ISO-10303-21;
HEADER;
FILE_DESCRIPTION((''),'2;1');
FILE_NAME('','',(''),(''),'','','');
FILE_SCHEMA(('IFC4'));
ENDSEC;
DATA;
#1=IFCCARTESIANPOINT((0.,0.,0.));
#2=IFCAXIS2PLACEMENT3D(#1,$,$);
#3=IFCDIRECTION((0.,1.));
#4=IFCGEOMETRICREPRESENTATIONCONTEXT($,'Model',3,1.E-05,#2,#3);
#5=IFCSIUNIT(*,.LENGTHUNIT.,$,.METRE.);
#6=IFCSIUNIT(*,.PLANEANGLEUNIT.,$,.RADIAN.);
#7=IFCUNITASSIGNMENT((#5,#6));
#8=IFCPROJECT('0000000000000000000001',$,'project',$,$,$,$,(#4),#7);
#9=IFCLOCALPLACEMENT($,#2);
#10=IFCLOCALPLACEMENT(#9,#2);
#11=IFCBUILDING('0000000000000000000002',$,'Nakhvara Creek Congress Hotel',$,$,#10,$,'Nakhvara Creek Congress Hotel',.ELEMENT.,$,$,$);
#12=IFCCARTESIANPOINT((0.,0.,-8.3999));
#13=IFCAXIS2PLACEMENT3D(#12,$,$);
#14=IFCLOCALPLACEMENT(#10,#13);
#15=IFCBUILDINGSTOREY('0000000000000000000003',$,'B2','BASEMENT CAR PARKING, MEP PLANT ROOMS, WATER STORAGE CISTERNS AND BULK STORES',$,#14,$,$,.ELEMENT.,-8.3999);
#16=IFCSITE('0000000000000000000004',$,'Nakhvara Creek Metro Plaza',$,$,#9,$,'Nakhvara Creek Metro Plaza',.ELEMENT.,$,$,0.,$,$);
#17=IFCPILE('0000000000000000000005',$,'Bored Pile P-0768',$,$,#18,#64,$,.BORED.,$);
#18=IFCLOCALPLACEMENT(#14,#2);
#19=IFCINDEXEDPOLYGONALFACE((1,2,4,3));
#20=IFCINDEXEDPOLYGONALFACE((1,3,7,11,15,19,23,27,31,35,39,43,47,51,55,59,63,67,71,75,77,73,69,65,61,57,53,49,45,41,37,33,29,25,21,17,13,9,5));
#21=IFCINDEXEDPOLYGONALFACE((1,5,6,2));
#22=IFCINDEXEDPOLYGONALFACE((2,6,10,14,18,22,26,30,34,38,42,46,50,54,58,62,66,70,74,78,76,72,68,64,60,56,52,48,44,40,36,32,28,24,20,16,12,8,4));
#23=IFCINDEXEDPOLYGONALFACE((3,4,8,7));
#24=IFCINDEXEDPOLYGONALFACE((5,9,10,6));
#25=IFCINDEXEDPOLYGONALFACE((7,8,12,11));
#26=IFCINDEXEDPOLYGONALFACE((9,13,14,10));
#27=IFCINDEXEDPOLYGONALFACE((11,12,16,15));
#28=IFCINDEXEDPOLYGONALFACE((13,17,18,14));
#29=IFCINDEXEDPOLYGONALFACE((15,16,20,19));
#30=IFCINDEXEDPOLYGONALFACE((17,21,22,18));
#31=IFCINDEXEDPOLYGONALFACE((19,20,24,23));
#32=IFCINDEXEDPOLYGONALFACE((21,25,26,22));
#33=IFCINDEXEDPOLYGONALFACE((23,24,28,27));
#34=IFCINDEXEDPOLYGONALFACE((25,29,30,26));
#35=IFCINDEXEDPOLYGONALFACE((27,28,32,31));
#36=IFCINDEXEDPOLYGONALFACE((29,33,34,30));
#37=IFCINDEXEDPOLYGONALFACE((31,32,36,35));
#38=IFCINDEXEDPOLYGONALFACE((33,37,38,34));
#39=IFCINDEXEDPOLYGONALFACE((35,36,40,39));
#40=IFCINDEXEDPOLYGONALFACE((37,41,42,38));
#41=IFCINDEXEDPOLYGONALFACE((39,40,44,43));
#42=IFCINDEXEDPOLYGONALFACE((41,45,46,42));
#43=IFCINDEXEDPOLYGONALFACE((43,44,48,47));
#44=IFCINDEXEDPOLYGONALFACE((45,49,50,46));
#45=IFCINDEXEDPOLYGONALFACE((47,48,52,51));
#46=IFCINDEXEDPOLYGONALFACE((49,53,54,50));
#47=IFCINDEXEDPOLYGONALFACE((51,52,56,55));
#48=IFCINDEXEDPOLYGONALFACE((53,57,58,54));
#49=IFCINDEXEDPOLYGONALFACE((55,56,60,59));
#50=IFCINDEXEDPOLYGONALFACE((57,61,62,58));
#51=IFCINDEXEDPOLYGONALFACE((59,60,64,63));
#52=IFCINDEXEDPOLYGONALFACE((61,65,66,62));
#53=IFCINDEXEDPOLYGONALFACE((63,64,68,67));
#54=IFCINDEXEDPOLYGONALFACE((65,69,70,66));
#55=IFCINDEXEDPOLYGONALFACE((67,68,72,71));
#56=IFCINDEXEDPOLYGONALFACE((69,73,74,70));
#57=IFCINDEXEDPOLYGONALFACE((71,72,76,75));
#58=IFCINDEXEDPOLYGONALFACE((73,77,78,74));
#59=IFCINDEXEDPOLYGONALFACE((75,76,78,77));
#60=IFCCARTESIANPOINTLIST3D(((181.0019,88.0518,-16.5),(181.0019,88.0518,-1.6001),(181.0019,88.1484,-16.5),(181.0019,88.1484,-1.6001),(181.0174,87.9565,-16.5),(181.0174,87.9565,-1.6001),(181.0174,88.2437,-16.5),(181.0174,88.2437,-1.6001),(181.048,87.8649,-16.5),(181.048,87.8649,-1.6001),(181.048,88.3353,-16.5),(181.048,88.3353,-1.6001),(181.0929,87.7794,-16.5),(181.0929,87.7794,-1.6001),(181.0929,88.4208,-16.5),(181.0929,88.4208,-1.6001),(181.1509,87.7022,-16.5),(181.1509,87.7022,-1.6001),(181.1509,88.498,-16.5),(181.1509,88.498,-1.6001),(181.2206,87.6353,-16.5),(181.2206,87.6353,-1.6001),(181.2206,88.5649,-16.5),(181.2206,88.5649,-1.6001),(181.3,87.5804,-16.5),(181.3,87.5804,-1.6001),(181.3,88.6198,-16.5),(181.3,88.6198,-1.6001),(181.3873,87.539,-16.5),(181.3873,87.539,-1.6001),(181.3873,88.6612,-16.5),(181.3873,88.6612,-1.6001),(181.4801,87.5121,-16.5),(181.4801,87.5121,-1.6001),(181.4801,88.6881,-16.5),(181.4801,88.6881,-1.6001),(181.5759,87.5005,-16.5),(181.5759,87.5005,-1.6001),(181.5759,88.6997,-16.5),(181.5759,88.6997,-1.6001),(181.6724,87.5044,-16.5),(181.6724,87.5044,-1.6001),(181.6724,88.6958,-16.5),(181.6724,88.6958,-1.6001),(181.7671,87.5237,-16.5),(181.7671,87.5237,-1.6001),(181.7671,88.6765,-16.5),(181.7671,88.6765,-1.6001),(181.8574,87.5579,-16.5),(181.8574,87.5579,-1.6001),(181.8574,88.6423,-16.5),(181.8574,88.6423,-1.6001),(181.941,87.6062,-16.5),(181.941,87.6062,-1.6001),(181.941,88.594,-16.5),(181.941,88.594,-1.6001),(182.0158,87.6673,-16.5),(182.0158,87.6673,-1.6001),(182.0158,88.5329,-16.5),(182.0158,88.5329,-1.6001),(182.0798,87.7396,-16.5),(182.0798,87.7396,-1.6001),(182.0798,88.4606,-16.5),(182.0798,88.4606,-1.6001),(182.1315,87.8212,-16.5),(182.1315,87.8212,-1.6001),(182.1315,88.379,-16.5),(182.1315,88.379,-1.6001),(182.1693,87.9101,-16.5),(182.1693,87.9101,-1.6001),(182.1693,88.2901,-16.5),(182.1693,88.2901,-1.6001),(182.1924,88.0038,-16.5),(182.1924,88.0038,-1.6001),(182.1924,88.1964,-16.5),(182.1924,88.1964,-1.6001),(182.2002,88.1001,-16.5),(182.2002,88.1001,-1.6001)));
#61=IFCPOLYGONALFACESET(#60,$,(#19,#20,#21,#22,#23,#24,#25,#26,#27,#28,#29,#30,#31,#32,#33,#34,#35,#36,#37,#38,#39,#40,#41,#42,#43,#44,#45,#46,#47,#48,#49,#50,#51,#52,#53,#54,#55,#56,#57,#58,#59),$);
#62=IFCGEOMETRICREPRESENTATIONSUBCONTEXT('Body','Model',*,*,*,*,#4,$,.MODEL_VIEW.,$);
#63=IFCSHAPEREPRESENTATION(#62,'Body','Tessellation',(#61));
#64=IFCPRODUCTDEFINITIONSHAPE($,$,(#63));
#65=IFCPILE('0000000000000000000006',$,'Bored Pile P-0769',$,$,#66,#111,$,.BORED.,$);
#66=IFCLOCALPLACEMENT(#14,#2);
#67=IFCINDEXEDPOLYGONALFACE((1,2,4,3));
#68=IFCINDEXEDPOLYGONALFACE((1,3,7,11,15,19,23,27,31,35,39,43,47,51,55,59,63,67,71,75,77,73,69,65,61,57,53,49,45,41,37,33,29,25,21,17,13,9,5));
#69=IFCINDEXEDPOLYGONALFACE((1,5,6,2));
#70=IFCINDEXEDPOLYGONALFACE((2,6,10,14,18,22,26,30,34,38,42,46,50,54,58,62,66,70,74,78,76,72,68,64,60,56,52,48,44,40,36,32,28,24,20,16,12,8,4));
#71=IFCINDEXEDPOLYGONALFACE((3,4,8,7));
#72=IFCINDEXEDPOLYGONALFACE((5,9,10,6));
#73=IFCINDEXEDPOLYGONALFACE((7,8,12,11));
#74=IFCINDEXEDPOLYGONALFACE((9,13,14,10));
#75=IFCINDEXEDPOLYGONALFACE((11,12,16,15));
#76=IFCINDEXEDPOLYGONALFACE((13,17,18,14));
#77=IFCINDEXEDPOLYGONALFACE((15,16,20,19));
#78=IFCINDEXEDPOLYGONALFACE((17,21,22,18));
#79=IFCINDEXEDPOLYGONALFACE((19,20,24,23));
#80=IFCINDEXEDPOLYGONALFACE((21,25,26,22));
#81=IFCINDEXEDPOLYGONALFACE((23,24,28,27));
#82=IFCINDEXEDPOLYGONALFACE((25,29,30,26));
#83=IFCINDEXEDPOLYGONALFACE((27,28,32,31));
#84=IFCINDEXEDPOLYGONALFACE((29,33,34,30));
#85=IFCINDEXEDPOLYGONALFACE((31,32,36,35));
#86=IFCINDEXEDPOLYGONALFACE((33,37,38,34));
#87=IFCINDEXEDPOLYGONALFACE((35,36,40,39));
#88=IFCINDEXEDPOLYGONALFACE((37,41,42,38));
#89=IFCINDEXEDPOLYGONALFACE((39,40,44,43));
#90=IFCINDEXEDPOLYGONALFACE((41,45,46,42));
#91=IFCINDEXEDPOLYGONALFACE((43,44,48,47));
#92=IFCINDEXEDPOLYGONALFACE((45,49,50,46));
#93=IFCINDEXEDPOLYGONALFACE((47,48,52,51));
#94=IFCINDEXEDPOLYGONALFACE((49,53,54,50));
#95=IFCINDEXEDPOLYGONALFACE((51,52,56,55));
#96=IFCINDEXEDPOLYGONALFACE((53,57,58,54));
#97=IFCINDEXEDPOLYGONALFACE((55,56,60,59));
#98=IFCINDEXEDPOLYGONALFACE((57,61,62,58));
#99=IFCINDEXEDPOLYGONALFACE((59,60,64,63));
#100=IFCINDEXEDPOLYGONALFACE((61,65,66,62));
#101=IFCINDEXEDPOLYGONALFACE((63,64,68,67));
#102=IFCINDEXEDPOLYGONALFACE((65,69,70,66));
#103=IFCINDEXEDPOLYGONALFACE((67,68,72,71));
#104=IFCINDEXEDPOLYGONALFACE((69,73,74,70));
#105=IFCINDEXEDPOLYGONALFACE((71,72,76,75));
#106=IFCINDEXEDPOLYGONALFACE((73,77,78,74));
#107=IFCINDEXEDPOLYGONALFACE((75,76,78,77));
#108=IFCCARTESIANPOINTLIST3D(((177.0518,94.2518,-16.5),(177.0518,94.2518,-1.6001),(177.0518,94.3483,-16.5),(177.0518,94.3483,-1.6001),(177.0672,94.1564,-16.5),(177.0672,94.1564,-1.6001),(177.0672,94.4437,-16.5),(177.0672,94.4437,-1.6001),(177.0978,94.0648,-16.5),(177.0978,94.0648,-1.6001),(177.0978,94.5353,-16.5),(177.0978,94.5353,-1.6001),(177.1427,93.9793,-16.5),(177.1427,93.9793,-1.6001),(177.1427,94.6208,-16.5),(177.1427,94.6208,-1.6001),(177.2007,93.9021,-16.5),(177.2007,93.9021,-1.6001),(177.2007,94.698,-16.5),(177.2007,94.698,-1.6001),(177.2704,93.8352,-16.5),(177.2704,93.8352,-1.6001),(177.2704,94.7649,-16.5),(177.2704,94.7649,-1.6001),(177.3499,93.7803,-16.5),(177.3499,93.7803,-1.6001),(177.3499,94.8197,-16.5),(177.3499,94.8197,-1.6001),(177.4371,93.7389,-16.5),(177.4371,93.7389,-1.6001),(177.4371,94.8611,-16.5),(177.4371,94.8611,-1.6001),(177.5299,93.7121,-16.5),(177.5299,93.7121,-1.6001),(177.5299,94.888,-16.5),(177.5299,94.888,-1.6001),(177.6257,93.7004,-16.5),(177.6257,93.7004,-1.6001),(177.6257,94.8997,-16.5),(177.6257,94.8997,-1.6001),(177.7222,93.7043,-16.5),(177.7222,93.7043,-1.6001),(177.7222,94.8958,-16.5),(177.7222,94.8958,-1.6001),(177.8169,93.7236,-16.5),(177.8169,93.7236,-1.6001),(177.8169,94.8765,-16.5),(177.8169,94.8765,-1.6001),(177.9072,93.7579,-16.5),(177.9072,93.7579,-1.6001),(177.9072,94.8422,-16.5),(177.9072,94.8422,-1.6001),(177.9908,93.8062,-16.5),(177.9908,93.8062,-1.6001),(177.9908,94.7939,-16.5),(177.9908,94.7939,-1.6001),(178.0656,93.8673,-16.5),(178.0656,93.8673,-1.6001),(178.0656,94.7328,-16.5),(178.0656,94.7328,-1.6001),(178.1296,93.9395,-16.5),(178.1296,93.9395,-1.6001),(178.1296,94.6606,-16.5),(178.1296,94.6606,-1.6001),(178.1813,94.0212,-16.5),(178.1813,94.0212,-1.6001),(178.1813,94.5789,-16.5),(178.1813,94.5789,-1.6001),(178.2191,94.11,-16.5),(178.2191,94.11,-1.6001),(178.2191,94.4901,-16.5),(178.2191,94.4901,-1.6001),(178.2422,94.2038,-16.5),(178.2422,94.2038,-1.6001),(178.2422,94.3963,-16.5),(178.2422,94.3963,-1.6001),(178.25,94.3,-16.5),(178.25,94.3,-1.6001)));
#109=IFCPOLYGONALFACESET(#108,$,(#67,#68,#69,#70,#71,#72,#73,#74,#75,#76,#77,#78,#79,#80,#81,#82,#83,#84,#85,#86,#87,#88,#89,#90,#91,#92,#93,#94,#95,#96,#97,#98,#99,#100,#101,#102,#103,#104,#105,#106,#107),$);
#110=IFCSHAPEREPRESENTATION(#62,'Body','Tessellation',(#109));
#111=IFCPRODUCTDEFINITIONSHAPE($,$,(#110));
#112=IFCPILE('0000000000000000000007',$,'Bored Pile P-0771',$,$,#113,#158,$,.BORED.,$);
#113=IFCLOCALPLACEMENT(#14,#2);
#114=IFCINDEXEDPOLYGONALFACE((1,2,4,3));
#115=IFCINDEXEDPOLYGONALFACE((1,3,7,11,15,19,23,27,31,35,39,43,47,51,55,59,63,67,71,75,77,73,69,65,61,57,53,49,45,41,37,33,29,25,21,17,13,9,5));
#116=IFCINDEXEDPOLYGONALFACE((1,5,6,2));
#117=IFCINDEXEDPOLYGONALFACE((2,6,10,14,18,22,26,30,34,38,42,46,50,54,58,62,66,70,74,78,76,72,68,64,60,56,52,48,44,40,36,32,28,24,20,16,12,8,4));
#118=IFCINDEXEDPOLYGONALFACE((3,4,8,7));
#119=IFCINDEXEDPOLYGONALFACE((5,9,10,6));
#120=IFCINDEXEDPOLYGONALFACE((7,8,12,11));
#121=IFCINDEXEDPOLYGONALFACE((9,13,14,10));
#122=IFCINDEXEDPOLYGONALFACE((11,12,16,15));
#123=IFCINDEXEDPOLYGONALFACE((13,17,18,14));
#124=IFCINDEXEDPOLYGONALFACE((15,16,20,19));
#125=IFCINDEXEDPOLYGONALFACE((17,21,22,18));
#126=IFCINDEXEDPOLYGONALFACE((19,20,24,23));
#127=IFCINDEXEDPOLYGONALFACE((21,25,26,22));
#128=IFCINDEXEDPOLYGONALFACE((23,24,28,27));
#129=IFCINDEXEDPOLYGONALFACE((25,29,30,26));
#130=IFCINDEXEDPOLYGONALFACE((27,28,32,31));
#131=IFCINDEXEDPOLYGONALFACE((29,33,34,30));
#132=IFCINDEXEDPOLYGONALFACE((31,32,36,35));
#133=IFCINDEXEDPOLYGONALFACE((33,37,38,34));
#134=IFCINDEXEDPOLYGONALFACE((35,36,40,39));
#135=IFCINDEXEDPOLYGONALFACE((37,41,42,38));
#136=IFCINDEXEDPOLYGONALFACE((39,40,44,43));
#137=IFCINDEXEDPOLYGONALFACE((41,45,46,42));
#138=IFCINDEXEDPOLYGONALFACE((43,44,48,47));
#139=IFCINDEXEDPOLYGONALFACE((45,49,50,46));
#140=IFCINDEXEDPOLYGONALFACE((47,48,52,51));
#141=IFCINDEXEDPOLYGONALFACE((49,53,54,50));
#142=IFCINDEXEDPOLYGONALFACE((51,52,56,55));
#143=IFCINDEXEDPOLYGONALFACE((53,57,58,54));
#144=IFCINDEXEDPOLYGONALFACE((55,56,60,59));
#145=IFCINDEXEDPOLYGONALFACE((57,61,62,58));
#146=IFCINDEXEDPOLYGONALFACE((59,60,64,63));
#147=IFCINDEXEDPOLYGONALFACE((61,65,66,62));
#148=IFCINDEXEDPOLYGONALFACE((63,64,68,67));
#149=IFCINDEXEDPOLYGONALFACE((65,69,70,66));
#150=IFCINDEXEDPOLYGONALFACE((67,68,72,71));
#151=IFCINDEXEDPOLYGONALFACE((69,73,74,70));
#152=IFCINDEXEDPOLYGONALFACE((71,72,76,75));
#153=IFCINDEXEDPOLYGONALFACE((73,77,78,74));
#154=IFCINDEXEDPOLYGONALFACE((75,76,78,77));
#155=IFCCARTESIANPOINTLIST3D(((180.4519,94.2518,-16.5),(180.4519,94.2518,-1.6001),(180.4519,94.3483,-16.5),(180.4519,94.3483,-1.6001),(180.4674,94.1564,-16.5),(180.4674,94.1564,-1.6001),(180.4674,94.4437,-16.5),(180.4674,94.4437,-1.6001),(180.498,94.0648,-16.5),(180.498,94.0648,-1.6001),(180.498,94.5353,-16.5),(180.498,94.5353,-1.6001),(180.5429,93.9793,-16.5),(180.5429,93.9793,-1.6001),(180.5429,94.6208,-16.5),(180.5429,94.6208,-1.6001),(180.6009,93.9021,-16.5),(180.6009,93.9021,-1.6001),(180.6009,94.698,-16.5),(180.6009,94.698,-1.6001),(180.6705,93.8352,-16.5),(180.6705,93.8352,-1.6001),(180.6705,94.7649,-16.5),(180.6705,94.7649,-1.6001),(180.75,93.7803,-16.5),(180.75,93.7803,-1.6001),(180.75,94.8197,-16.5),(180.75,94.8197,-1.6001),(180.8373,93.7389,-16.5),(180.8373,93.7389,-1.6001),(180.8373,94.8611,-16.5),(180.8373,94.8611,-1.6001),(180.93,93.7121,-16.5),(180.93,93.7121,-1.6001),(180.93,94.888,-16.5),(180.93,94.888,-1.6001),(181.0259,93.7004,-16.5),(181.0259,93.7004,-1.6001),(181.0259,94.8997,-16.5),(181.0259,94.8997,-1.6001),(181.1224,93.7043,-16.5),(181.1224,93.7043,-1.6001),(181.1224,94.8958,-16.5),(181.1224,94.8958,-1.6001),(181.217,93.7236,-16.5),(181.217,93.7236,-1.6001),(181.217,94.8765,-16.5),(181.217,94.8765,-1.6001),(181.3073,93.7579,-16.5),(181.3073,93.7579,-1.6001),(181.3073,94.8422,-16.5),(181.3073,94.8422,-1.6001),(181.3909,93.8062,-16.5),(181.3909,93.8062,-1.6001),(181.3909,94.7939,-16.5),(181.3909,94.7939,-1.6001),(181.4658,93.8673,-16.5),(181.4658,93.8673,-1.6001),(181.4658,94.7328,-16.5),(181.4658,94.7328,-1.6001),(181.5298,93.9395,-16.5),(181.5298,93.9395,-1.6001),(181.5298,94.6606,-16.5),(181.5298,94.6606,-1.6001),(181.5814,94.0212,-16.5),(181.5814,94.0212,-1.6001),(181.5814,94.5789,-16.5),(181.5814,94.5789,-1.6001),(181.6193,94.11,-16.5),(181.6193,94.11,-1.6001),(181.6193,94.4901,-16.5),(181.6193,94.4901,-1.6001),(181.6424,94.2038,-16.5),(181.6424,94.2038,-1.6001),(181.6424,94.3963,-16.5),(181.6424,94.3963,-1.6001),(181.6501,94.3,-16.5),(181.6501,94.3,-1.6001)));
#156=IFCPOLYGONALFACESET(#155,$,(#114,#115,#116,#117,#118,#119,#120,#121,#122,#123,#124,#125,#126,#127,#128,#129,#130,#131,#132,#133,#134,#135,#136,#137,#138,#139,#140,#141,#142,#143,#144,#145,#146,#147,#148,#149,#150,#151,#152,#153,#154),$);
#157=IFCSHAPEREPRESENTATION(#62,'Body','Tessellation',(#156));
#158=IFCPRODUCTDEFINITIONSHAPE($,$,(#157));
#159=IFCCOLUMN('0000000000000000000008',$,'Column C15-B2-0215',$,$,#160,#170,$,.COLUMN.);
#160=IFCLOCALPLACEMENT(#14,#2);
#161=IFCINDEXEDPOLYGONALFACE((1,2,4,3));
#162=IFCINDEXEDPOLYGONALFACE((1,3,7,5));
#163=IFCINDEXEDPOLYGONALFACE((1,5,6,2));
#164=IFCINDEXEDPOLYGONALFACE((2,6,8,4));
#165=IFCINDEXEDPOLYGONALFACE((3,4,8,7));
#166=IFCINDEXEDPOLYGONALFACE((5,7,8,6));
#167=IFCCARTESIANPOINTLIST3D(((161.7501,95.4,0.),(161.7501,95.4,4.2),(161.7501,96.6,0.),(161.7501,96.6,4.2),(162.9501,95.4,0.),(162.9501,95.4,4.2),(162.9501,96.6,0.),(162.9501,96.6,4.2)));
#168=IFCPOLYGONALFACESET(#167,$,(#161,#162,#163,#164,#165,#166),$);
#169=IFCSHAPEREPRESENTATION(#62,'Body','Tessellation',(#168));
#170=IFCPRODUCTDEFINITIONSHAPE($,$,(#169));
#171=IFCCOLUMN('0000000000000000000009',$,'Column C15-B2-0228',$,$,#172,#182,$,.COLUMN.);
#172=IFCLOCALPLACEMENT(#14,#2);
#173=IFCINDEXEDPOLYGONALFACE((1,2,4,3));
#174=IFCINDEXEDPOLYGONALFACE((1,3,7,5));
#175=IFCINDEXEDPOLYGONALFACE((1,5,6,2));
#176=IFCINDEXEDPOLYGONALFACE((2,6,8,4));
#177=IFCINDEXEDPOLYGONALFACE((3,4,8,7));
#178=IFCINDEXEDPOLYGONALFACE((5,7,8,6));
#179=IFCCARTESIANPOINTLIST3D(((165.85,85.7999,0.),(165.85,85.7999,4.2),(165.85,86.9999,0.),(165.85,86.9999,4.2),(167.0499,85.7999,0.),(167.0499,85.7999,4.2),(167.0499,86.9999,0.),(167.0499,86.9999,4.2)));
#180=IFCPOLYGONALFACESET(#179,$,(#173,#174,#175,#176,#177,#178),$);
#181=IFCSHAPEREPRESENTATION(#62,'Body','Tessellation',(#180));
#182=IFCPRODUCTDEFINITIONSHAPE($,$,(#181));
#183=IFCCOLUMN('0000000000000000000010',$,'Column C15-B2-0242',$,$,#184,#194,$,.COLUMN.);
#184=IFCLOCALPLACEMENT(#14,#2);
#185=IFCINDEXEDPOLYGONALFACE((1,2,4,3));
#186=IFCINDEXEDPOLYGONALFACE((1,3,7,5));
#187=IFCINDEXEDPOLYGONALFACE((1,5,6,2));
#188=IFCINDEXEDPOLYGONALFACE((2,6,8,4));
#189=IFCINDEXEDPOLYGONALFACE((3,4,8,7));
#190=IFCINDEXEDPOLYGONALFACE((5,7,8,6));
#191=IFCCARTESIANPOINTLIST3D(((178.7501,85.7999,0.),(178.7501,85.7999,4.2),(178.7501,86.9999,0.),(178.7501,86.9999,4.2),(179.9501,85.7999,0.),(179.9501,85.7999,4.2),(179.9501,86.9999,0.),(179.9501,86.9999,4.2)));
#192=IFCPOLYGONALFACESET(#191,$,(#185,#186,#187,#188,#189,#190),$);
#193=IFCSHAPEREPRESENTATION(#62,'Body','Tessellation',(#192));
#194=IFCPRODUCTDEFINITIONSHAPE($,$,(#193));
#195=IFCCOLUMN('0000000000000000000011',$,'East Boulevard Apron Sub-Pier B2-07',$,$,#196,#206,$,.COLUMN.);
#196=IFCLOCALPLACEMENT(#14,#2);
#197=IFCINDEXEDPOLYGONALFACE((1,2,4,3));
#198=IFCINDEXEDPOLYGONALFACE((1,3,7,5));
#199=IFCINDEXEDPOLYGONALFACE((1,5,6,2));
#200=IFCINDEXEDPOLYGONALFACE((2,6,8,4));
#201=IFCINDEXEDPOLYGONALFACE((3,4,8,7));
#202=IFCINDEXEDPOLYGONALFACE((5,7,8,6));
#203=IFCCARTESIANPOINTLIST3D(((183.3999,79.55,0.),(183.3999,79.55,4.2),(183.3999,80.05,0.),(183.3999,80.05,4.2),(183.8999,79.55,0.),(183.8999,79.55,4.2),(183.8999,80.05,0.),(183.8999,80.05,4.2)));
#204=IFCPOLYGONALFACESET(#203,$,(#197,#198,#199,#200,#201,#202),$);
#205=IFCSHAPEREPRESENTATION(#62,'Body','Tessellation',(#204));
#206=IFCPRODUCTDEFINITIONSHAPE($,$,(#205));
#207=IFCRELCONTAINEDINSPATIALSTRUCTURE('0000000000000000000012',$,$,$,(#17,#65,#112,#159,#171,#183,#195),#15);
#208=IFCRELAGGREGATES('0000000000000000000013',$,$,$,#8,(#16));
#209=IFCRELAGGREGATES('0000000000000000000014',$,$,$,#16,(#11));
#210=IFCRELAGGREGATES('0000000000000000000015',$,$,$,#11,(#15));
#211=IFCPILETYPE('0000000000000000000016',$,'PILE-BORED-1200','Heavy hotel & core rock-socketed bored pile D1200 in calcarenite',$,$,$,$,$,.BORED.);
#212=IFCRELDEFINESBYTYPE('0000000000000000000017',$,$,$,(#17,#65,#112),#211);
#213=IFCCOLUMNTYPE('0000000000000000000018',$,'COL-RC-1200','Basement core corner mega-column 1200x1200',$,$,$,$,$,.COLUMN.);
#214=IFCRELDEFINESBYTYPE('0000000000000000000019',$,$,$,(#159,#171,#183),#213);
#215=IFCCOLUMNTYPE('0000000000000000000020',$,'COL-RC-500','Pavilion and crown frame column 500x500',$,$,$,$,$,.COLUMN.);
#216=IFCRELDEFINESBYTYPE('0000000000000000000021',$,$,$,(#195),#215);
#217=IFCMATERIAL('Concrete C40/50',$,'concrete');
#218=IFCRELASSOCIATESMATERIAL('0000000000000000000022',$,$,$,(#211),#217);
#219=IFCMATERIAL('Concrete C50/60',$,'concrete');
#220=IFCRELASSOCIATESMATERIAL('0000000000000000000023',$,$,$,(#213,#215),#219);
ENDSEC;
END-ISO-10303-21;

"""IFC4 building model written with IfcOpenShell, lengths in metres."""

from ifc_helpers import new_model, si_unit, direction, frame, origin, origin_2d, place, context, subcontext, project, spatial, rectangle, circle, extrude, material, material_profile, profile_set, type_object, element, save


model = new_model("IFC4")

# Units and contexts
model_context = context("Model", 3, precision=1e-05, world=origin(), true_north=direction((0.0, 1.0)))
body_context = subcontext(model_context, "Body", "Model", "MODEL_VIEW")
ifc_project = project(units=[si_unit("LENGTHUNIT", "METRE"), si_unit("PLANEANGLEUNIT", "RADIAN")], contexts=[model_context])

# Site, building, storey
site_placement = place(None, origin())
site = spatial("IfcSite", under=ifc_project, at=site_placement, Name="Nakhvara Creek Metro Plaza", LongName="Nakhvara Creek Metro Plaza", CompositionType="ELEMENT", RefElevation=0.0)
building_placement = place(site_placement, origin())
building = spatial("IfcBuilding", under=site, at=building_placement, Name="Nakhvara Creek Congress Hotel", LongName="Nakhvara Creek Congress Hotel", CompositionType="ELEMENT")
storey_placement = place(building_placement, frame((0.0, 0.0, -8.3999)))
storey = spatial("IfcBuildingStorey", under=building, at=storey_placement, Name="B2", Description="BASEMENT CAR PARKING, MEP PLANT ROOMS, WATER STORAGE CISTERNS AND BULK STORES", CompositionType="ELEMENT", Elevation=-8.3999)

# Shared definitions
ifc_material_1 = material(Name="Concrete C40/50", Category="concrete")

# Piles
ifc_material_profile_1 = material_profile(ifc_material_1, circle(Radius=0.6001, at=origin_2d()), Name="BORED PILE D1200", Category="LoadBearing")
ifc_profile_set_1 = profile_set([ifc_material_profile_1], Name="Concrete C40/50")
pile_type = type_object("IfcPileType", Name="PILE-BORED-1200", Description="Heavy hotel & core rock-socketed bored pile D1200 in calcarenite", PredefinedType="BORED", material=ifc_profile_set_1)
for number, where, z_axis, x_axis, name in (
    (1, (181.6001, 88.1001, -1.6001), (0.0, 0.0, -1.0), (1.0, 0.0, 0.0), "Bored Pile P-0768"),
    (2, (177.6499, 94.3, -1.6001), (0.0, 0.0, -1.0), (1.0, 0.0, 0.0), "Bored Pile P-0769"),
    (3, (181.05, 94.3, -1.6001), (0.0, 0.0, -1.0), (1.0, 0.0, 0.0), "Bored Pile P-0771"),
):
    element("IfcPile", number, at=place(storey_placement, frame(where, z_axis=z_axis, x_axis=x_axis)), inside=storey, type_object=pile_type, Name=name, PredefinedType="BORED", context=body_context, shape_type="SweptSolid", body=[
        extrude(circle(Radius=0.6001, at=origin_2d()), origin(), (0.0, 0.0, 1.0), 14.8999),
    ])

# Columns
ifc_material_2 = material(Name="Concrete C50/60", Category="concrete")
ifc_material_profile_2 = material_profile(ifc_material_2, rectangle(XDim=1.2, YDim=1.2, at=origin_2d()), Name="RC-COL 1200x1200", Category="LoadBearing")
ifc_profile_set_2 = profile_set([ifc_material_profile_2], Name="Concrete C50/60")
column_type_1 = type_object("IfcColumnType", Name="COL-RC-1200", Description="Basement core corner mega-column 1200x1200", PredefinedType="COLUMN", material=ifc_profile_set_2)
for number, where, z_axis, x_axis, name in (
    (4, (162.3501, 96.0, 0.0), (0.0, 0.0, 1.0), (1.0, 0.0, 0.0), "Column C15-B2-0215"),
    (5, (166.45, 86.3999, 0.0), (0.0, 0.0, 1.0), (1.0, 0.0, 0.0), "Column C15-B2-0228"),
    (6, (179.3501, 86.3999, 0.0), (0.0, 0.0, 1.0), (1.0, 0.0, 0.0), "Column C15-B2-0242"),
):
    element("IfcColumn", number, at=place(storey_placement, frame(where, z_axis=z_axis, x_axis=x_axis)), inside=storey, type_object=column_type_1, Name=name, PredefinedType="COLUMN", context=body_context, shape_type="SweptSolid", body=[
        extrude(rectangle(XDim=1.2, YDim=1.2, at=origin_2d()), origin(), (0.0, 0.0, 1.0), 4.2),
    ])
ifc_material_profile_3 = material_profile(ifc_material_2, rectangle(XDim=0.5, YDim=0.5, at=origin_2d()), Name="RC-COL 500x500", Category="LoadBearing")
ifc_profile_set_3 = profile_set([ifc_material_profile_3], Name="Concrete C50/60")
column_type_2 = type_object("IfcColumnType", Name="COL-RC-500", Description="Pavilion and crown frame column 500x500", PredefinedType="COLUMN", material=ifc_profile_set_3)
for number, where, z_axis, x_axis, name in (
    (7, (183.6499, 79.8, 0.0), (0.0, 0.0, 1.0), (1.0, 0.0, 0.0), "East Boulevard Apron Sub-Pier B2-07"),
):
    element("IfcColumn", number, at=place(storey_placement, frame(where, z_axis=z_axis, x_axis=x_axis)), inside=storey, type_object=column_type_2, Name=name, PredefinedType="COLUMN", context=body_context, shape_type="SweptSolid", body=[
        extrude(rectangle(XDim=0.5, YDim=0.5, at=origin_2d()), origin(), (0.0, 0.0, 1.0), 4.2),
    ])

save(model, "model.ifc")
